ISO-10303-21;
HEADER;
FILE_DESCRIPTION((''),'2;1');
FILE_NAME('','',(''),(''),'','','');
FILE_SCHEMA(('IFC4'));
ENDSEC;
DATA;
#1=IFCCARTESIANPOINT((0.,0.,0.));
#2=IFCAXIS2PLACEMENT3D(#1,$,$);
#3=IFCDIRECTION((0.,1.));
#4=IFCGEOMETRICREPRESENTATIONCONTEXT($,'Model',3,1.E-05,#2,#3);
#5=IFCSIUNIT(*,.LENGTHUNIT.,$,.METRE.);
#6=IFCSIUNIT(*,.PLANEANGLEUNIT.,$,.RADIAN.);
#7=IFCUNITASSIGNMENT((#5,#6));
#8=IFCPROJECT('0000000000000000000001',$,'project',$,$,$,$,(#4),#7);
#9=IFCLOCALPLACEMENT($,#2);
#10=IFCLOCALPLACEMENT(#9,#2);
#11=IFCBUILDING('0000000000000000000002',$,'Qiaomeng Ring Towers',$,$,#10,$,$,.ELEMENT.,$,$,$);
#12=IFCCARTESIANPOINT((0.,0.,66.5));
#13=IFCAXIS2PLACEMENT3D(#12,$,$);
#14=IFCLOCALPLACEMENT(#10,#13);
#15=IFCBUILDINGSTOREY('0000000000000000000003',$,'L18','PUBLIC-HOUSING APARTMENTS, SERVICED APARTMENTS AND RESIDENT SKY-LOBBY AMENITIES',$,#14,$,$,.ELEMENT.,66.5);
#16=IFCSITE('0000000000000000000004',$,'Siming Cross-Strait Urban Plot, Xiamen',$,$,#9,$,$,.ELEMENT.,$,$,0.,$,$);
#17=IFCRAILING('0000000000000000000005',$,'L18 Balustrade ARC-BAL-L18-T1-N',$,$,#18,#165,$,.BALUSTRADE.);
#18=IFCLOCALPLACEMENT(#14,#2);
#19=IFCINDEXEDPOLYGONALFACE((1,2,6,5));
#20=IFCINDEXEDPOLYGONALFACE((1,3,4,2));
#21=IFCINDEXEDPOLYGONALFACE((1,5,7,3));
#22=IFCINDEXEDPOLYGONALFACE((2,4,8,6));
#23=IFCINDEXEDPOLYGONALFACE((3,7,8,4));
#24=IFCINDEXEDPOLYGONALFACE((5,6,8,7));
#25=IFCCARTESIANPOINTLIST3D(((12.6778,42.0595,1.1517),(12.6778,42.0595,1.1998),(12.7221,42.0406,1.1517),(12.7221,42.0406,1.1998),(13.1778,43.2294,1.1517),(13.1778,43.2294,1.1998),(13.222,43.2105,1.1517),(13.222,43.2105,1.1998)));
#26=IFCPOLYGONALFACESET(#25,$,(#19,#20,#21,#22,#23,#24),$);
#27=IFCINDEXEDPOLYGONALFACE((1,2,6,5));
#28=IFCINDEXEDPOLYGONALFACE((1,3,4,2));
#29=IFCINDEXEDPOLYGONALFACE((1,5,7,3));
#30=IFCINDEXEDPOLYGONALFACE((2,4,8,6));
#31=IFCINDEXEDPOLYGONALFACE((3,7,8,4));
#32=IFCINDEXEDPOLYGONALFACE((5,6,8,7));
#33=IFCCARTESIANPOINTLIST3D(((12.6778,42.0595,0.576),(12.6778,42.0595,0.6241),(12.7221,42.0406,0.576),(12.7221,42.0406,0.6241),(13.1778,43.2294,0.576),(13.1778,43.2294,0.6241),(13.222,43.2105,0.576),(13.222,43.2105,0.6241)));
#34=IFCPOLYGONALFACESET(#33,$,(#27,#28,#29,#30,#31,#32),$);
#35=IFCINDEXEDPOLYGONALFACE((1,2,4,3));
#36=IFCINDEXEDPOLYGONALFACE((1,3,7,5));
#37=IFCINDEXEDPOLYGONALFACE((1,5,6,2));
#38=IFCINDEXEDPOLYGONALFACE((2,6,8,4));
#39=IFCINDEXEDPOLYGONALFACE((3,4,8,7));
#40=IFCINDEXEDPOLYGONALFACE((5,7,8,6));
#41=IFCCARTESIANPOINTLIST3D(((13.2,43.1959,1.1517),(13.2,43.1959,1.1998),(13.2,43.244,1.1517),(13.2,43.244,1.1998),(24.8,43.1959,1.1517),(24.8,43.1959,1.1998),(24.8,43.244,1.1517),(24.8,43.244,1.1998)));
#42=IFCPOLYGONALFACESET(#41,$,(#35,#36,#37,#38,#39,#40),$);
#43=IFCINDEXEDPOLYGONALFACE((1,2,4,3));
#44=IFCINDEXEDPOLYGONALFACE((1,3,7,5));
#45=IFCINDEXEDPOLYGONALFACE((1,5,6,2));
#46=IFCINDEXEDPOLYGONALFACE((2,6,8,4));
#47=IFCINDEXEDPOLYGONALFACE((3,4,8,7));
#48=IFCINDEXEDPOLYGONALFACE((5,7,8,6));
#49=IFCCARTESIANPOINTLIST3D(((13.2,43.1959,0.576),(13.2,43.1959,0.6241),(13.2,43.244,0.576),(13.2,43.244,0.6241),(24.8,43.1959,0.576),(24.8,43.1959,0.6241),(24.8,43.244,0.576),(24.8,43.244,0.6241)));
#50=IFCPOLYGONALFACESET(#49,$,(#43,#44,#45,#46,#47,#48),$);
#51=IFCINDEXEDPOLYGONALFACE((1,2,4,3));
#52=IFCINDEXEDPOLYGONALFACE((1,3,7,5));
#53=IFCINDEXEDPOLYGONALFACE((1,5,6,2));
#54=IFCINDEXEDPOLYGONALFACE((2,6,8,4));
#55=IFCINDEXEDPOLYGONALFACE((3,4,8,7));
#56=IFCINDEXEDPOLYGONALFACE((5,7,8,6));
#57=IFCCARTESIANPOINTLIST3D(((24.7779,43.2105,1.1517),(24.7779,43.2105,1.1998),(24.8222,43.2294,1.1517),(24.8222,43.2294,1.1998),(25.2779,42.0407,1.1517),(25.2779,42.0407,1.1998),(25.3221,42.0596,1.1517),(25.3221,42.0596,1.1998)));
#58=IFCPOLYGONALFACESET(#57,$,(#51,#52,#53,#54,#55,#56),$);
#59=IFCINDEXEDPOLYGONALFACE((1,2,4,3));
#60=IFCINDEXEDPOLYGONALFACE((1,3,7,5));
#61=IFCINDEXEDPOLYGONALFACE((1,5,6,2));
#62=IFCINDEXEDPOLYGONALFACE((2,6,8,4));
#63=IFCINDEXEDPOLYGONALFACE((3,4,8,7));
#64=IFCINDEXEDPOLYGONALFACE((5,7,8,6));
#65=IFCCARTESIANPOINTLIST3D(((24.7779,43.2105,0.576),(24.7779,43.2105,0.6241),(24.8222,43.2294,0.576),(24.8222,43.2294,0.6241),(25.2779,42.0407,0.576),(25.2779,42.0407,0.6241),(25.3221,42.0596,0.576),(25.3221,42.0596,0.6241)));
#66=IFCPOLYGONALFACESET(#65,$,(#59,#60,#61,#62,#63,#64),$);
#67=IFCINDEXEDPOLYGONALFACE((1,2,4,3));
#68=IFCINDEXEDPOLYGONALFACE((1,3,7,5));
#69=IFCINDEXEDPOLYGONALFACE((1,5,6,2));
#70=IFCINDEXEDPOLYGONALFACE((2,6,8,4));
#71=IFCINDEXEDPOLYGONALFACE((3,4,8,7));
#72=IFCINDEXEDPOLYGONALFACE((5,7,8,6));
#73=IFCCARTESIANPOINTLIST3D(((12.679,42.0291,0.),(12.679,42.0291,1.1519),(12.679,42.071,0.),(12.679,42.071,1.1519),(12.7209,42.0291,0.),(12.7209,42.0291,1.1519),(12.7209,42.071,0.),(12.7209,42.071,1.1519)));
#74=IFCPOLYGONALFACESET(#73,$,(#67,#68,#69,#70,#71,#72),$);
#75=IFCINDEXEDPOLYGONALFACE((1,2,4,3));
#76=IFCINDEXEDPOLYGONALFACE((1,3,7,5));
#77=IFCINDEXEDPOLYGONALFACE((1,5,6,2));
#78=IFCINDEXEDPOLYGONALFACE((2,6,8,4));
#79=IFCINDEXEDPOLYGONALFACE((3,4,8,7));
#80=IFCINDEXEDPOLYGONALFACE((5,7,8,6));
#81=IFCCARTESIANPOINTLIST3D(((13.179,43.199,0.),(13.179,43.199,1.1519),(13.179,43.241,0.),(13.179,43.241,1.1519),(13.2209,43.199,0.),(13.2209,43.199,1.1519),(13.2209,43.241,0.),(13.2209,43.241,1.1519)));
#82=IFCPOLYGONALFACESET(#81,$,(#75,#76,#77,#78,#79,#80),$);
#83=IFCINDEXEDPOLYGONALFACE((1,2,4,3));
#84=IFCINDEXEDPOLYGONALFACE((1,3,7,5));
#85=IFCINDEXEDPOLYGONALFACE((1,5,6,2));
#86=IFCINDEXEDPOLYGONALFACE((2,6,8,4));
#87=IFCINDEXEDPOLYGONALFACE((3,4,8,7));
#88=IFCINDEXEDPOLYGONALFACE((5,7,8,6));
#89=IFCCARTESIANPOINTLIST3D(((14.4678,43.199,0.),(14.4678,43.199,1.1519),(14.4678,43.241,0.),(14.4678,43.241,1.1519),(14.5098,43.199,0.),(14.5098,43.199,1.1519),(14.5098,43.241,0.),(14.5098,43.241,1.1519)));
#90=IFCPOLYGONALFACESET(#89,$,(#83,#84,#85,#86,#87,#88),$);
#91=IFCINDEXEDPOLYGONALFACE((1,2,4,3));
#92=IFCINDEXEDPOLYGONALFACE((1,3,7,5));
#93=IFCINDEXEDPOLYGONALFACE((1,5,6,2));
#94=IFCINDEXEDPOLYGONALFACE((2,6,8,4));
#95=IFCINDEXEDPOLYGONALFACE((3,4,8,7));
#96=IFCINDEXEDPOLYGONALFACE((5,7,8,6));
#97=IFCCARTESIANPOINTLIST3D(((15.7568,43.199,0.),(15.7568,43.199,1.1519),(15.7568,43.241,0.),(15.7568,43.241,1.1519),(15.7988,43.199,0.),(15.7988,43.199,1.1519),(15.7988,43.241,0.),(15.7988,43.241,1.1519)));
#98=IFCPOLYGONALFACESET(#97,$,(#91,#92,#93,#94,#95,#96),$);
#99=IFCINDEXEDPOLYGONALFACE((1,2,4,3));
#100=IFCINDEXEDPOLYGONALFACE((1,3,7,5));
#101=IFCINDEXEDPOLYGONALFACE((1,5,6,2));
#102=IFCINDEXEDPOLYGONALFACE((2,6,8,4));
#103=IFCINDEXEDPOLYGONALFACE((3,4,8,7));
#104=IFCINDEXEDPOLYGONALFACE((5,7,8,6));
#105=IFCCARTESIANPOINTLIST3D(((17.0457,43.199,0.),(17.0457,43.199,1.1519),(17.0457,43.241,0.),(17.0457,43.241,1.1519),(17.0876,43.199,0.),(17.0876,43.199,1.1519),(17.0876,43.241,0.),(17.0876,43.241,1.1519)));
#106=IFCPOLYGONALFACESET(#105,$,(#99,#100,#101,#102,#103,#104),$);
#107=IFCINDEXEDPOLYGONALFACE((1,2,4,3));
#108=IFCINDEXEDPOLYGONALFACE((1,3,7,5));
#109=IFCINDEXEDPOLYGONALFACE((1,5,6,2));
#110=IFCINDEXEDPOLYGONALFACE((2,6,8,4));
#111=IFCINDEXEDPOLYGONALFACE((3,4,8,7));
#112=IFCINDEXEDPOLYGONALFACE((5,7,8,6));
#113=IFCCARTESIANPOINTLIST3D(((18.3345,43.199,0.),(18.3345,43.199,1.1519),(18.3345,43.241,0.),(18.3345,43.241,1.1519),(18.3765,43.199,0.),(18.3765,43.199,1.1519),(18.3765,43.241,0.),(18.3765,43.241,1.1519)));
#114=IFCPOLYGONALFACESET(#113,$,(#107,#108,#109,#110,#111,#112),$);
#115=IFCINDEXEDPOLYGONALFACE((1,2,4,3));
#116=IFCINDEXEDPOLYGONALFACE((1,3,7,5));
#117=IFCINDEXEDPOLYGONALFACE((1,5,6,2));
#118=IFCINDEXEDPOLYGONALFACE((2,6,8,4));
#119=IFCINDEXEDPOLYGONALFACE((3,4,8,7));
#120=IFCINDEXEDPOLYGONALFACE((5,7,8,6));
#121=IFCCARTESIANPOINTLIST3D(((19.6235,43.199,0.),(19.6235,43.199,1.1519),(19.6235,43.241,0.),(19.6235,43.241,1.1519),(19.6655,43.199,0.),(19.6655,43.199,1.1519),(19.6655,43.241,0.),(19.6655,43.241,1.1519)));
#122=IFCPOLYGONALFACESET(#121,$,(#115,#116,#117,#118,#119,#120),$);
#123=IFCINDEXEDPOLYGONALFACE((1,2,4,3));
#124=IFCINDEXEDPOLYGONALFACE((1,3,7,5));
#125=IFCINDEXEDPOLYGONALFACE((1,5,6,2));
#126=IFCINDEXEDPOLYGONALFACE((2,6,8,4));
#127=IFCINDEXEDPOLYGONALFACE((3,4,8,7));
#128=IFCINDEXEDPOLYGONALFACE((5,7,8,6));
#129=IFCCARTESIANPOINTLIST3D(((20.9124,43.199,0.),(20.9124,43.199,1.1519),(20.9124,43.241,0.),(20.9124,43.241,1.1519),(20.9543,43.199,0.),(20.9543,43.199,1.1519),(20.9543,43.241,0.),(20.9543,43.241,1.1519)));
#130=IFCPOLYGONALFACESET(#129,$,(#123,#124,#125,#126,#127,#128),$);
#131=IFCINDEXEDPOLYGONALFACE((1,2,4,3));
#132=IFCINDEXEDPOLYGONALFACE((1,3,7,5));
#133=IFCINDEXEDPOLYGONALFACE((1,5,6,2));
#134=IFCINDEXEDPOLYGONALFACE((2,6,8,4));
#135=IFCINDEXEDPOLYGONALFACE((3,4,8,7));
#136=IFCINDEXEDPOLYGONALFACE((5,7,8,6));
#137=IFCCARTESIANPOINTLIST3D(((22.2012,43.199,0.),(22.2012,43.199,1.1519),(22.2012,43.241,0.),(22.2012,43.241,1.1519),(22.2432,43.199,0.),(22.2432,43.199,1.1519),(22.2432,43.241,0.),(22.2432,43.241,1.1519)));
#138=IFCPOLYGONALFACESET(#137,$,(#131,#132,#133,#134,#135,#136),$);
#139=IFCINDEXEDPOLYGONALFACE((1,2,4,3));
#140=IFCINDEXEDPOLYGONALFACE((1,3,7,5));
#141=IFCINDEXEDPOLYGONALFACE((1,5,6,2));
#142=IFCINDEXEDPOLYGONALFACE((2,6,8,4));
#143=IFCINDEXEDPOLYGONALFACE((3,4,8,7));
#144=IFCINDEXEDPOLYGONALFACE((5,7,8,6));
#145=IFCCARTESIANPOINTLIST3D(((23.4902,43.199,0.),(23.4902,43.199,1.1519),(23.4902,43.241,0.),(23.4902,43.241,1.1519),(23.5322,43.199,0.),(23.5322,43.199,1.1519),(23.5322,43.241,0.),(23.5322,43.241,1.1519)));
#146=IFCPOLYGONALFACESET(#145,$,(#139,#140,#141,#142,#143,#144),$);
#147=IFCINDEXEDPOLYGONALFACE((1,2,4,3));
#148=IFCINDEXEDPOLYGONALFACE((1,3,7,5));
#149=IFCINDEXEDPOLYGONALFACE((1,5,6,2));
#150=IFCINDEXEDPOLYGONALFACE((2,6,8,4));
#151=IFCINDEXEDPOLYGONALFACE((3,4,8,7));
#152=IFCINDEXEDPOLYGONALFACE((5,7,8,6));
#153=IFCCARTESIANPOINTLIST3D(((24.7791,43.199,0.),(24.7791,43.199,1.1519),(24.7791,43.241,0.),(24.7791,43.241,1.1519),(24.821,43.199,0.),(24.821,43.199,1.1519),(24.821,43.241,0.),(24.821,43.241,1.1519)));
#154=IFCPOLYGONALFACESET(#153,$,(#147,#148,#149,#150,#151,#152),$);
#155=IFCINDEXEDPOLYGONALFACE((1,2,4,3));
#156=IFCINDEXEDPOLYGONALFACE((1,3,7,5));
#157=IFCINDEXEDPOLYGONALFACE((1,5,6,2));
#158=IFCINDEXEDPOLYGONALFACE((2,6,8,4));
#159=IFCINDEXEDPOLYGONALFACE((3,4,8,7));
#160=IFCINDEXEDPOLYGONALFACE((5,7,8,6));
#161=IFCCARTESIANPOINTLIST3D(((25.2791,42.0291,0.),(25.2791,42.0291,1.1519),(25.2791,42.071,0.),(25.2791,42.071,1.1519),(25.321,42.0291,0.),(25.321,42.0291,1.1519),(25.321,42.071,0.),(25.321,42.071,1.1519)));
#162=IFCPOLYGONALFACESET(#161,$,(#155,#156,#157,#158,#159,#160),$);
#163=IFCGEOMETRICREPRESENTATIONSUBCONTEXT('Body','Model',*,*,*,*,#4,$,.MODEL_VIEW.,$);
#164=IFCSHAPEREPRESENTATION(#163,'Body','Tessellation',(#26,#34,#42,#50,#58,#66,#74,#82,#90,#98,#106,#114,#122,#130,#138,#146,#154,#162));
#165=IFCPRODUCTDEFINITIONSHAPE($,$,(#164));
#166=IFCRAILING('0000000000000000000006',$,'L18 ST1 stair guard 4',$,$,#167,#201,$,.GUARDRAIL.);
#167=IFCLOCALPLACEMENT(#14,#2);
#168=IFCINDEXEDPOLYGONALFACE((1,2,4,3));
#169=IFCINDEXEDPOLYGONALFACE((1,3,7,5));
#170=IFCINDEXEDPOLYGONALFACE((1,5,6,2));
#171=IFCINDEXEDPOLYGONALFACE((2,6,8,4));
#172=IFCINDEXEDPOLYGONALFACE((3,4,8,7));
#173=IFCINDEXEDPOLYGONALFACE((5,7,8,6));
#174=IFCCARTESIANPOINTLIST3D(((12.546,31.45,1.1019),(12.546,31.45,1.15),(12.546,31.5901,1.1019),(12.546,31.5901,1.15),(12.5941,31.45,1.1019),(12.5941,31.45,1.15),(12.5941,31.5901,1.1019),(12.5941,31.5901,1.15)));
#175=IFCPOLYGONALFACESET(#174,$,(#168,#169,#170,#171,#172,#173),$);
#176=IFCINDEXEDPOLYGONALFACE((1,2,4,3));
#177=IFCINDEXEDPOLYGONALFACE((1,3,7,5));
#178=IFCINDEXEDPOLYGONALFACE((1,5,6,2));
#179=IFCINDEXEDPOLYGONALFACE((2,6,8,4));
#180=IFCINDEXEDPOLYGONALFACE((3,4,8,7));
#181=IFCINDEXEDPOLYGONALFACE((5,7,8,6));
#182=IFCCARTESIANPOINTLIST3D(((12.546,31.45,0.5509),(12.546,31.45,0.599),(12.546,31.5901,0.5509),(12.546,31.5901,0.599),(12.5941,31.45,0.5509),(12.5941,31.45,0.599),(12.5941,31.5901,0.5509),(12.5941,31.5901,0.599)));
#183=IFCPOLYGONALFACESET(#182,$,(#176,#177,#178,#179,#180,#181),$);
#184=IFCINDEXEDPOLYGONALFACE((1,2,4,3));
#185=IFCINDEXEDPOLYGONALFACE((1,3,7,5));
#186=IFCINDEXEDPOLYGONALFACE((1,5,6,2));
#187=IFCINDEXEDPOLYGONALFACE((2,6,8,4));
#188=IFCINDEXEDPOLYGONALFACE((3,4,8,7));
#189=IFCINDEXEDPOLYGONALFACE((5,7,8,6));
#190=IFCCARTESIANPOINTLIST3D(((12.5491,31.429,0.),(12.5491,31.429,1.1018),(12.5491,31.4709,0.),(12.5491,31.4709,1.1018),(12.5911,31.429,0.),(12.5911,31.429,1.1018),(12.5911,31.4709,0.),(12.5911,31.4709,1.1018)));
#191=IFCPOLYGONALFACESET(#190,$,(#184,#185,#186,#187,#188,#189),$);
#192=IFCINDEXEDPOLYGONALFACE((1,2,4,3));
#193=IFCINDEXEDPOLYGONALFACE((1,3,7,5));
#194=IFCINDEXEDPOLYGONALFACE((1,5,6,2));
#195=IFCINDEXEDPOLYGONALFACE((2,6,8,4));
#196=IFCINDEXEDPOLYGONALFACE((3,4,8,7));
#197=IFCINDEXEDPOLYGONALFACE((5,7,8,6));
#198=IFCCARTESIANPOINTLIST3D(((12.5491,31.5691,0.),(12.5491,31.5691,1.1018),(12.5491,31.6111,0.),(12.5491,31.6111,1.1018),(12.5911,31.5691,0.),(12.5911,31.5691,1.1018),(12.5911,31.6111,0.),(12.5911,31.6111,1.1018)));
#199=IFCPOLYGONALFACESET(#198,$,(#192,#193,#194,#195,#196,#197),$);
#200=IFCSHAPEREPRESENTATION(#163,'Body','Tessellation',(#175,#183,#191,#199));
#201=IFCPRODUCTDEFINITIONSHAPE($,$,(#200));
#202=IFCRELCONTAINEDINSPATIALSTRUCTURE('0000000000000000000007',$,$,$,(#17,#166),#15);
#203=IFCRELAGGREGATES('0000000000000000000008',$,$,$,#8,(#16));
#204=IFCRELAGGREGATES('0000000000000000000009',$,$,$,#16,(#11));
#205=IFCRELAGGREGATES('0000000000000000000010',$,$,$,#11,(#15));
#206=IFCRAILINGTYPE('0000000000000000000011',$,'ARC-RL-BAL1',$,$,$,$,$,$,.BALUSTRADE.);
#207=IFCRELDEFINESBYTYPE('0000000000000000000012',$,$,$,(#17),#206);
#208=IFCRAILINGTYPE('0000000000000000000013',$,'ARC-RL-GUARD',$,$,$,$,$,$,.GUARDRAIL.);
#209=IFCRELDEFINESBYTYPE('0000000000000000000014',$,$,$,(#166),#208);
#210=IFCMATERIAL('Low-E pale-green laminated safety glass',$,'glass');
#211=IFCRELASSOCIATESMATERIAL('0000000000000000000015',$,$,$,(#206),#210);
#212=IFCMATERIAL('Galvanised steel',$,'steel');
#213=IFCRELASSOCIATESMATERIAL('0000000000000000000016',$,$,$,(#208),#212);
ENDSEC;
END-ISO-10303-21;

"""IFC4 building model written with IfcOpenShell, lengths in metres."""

from ifc_helpers import new_model, si_unit, direction, frame, origin, origin_2d, place, context, subcontext, project, spatial, rectangle, extrude, material, type_object, element, save


model = new_model("IFC4")

# Units and contexts
model_context = context("Model", 3, precision=1e-05, world=origin(), true_north=direction((0.0, 1.0)))
body_context = subcontext(model_context, "Body", "Model", "MODEL_VIEW")
ifc_project = project(units=[si_unit("LENGTHUNIT", "METRE"), si_unit("PLANEANGLEUNIT", "RADIAN")], contexts=[model_context])

# Site, building, storey
site_placement = place(None, origin())
site = spatial("IfcSite", under=ifc_project, at=site_placement, Name="Siming Cross-Strait Urban Plot, Xiamen", CompositionType="ELEMENT", RefElevation=0.0)
building_placement = place(site_placement, origin())
building = spatial("IfcBuilding", under=site, at=building_placement, Name="Qiaomeng Ring Towers", CompositionType="ELEMENT")
storey_placement = place(building_placement, frame((0.0, 0.0, 66.5)))
storey = spatial("IfcBuildingStorey", under=building, at=storey_placement, Name="L18", Description="PUBLIC-HOUSING APARTMENTS, SERVICED APARTMENTS AND RESIDENT SKY-LOBBY AMENITIES", CompositionType="ELEMENT", Elevation=66.5)

# Shared definitions
ifc_material_1 = material(Name="Galvanised steel", Category="steel")

# Railings
ifc_material_2 = material(Name="Low-E pale-green laminated safety glass", Category="glass")
railing_type_1 = type_object("IfcRailingType", Name="ARC-RL-BAL1", PredefinedType="BALUSTRADE", material=ifc_material_2)
railing_1_placement = place(storey_placement, frame((12.7, 42.05, 0.0)))
element("IfcRailing", 1, at=railing_1_placement, inside=storey, type_object=railing_type_1, Name="L18 Balustrade ARC-BAL-L18-T1-N", PredefinedType="BALUSTRADE", context=body_context, shape_type="SweptSolid", body=[
    extrude(rectangle(XDim=0.0481, YDim=0.0481, at=origin_2d()), frame((0.0, 0.0, 1.1758), z_axis=(0.392993, 0.919542, 0.0), x_axis=(-0.919542, 0.392993, 0.0)), (0.0, 0.0, 1.0), 1.2722),
    extrude(rectangle(XDim=0.0481, YDim=0.0481, at=origin_2d()), frame((0.0, 0.0, 0.6001), z_axis=(0.392993, 0.919542, 0.0), x_axis=(-0.919542, 0.392993, 0.0)), (0.0, 0.0, 1.0), 1.2722),
    extrude(rectangle(XDim=0.0481, YDim=0.0481, at=origin_2d()), frame((0.5, 1.1699, 1.1758), z_axis=(1.0, 0.0, 0.0), x_axis=(0.0, 1.0, 0.0)), (0.0, 0.0, 1.0), 11.6001),
    extrude(rectangle(XDim=0.0481, YDim=0.0481, at=origin_2d()), frame((0.5, 1.1699, 0.6001), z_axis=(1.0, 0.0, 0.0), x_axis=(0.0, 1.0, 0.0)), (0.0, 0.0, 1.0), 11.6001),
    extrude(rectangle(XDim=0.0481, YDim=0.0481, at=origin_2d()), frame((12.1001, 1.1699, 1.1758), z_axis=(0.392993, -0.919542, 0.0), x_axis=(0.919542, 0.392993, 0.0)), (0.0, 0.0, 1.0), 1.2722),
    extrude(rectangle(XDim=0.0481, YDim=0.0481, at=origin_2d()), frame((12.1001, 1.1699, 0.6001), z_axis=(0.392993, -0.919542, 0.0), x_axis=(0.919542, 0.392993, 0.0)), (0.0, 0.0, 1.0), 1.2722),
    extrude(rectangle(XDim=0.042, YDim=0.042, at=origin_2d()), origin(), (0.0, 0.0, 1.0), 1.1519),
    extrude(rectangle(XDim=0.042, YDim=0.042, at=origin_2d()), frame((0.5, 1.1699, 0.0)), (0.0, 0.0, 1.0), 1.1519),
    extrude(rectangle(XDim=0.042, YDim=0.042, at=origin_2d()), frame((1.7888, 1.1699, 0.0)), (0.0, 0.0, 1.0), 1.1519),
    extrude(rectangle(XDim=0.042, YDim=0.042, at=origin_2d()), frame((3.0779, 1.1699, 0.0)), (0.0, 0.0, 1.0), 1.1519),
    extrude(rectangle(XDim=0.042, YDim=0.042, at=origin_2d()), frame((4.3667, 1.1699, 0.0)), (0.0, 0.0, 1.0), 1.1519),
    extrude(rectangle(XDim=0.042, YDim=0.042, at=origin_2d()), frame((5.6555, 1.1699, 0.0)), (0.0, 0.0, 1.0), 1.1519),
    extrude(rectangle(XDim=0.042, YDim=0.042, at=origin_2d()), frame((6.9446, 1.1699, 0.0)), (0.0, 0.0, 1.0), 1.1519),
    extrude(rectangle(XDim=0.042, YDim=0.042, at=origin_2d()), frame((8.2334, 1.1699, 0.0)), (0.0, 0.0, 1.0), 1.1519),
    extrude(rectangle(XDim=0.042, YDim=0.042, at=origin_2d()), frame((9.5222, 1.1699, 0.0)), (0.0, 0.0, 1.0), 1.1519),
    extrude(rectangle(XDim=0.042, YDim=0.042, at=origin_2d()), frame((10.8113, 1.1699, 0.0)), (0.0, 0.0, 1.0), 1.1519),
    extrude(rectangle(XDim=0.042, YDim=0.042, at=origin_2d()), frame((12.1001, 1.1699, 0.0)), (0.0, 0.0, 1.0), 1.1519),
    extrude(rectangle(XDim=0.042, YDim=0.042, at=origin_2d()), frame((12.6001, 0.0, 0.0)), (0.0, 0.0, 1.0), 1.1519),
])
railing_type_2 = type_object("IfcRailingType", Name="ARC-RL-GUARD", PredefinedType="GUARDRAIL", material=ifc_material_1)
railing_2_placement = place(storey_placement, frame((12.5701, 31.45, 0.0)))
element("IfcRailing", 2, at=railing_2_placement, inside=storey, type_object=railing_type_2, Name="L18 ST1 stair guard 4", PredefinedType="GUARDRAIL", context=body_context, shape_type="SweptSolid", body=[
    extrude(rectangle(XDim=0.0481, YDim=0.0481, at=origin_2d()), frame((0.0, 0.0, 1.126), z_axis=(0.0, 1.0, 0.0), x_axis=(-1.0, 0.0, 0.0)), (0.0, 0.0, 1.0), 0.1401),
    extrude(rectangle(XDim=0.0481, YDim=0.0481, at=origin_2d()), frame((0.0, 0.0, 0.575), z_axis=(0.0, 1.0, 0.0), x_axis=(-1.0, 0.0, 0.0)), (0.0, 0.0, 1.0), 0.1401),
    extrude(rectangle(XDim=0.042, YDim=0.042, at=origin_2d()), origin(), (0.0, 0.0, 1.0), 1.1018),
    extrude(rectangle(XDim=0.042, YDim=0.042, at=origin_2d()), frame((0.0, 0.1401, 0.0)), (0.0, 0.0, 1.0), 1.1018),
])

save(model, "model.ifc")
